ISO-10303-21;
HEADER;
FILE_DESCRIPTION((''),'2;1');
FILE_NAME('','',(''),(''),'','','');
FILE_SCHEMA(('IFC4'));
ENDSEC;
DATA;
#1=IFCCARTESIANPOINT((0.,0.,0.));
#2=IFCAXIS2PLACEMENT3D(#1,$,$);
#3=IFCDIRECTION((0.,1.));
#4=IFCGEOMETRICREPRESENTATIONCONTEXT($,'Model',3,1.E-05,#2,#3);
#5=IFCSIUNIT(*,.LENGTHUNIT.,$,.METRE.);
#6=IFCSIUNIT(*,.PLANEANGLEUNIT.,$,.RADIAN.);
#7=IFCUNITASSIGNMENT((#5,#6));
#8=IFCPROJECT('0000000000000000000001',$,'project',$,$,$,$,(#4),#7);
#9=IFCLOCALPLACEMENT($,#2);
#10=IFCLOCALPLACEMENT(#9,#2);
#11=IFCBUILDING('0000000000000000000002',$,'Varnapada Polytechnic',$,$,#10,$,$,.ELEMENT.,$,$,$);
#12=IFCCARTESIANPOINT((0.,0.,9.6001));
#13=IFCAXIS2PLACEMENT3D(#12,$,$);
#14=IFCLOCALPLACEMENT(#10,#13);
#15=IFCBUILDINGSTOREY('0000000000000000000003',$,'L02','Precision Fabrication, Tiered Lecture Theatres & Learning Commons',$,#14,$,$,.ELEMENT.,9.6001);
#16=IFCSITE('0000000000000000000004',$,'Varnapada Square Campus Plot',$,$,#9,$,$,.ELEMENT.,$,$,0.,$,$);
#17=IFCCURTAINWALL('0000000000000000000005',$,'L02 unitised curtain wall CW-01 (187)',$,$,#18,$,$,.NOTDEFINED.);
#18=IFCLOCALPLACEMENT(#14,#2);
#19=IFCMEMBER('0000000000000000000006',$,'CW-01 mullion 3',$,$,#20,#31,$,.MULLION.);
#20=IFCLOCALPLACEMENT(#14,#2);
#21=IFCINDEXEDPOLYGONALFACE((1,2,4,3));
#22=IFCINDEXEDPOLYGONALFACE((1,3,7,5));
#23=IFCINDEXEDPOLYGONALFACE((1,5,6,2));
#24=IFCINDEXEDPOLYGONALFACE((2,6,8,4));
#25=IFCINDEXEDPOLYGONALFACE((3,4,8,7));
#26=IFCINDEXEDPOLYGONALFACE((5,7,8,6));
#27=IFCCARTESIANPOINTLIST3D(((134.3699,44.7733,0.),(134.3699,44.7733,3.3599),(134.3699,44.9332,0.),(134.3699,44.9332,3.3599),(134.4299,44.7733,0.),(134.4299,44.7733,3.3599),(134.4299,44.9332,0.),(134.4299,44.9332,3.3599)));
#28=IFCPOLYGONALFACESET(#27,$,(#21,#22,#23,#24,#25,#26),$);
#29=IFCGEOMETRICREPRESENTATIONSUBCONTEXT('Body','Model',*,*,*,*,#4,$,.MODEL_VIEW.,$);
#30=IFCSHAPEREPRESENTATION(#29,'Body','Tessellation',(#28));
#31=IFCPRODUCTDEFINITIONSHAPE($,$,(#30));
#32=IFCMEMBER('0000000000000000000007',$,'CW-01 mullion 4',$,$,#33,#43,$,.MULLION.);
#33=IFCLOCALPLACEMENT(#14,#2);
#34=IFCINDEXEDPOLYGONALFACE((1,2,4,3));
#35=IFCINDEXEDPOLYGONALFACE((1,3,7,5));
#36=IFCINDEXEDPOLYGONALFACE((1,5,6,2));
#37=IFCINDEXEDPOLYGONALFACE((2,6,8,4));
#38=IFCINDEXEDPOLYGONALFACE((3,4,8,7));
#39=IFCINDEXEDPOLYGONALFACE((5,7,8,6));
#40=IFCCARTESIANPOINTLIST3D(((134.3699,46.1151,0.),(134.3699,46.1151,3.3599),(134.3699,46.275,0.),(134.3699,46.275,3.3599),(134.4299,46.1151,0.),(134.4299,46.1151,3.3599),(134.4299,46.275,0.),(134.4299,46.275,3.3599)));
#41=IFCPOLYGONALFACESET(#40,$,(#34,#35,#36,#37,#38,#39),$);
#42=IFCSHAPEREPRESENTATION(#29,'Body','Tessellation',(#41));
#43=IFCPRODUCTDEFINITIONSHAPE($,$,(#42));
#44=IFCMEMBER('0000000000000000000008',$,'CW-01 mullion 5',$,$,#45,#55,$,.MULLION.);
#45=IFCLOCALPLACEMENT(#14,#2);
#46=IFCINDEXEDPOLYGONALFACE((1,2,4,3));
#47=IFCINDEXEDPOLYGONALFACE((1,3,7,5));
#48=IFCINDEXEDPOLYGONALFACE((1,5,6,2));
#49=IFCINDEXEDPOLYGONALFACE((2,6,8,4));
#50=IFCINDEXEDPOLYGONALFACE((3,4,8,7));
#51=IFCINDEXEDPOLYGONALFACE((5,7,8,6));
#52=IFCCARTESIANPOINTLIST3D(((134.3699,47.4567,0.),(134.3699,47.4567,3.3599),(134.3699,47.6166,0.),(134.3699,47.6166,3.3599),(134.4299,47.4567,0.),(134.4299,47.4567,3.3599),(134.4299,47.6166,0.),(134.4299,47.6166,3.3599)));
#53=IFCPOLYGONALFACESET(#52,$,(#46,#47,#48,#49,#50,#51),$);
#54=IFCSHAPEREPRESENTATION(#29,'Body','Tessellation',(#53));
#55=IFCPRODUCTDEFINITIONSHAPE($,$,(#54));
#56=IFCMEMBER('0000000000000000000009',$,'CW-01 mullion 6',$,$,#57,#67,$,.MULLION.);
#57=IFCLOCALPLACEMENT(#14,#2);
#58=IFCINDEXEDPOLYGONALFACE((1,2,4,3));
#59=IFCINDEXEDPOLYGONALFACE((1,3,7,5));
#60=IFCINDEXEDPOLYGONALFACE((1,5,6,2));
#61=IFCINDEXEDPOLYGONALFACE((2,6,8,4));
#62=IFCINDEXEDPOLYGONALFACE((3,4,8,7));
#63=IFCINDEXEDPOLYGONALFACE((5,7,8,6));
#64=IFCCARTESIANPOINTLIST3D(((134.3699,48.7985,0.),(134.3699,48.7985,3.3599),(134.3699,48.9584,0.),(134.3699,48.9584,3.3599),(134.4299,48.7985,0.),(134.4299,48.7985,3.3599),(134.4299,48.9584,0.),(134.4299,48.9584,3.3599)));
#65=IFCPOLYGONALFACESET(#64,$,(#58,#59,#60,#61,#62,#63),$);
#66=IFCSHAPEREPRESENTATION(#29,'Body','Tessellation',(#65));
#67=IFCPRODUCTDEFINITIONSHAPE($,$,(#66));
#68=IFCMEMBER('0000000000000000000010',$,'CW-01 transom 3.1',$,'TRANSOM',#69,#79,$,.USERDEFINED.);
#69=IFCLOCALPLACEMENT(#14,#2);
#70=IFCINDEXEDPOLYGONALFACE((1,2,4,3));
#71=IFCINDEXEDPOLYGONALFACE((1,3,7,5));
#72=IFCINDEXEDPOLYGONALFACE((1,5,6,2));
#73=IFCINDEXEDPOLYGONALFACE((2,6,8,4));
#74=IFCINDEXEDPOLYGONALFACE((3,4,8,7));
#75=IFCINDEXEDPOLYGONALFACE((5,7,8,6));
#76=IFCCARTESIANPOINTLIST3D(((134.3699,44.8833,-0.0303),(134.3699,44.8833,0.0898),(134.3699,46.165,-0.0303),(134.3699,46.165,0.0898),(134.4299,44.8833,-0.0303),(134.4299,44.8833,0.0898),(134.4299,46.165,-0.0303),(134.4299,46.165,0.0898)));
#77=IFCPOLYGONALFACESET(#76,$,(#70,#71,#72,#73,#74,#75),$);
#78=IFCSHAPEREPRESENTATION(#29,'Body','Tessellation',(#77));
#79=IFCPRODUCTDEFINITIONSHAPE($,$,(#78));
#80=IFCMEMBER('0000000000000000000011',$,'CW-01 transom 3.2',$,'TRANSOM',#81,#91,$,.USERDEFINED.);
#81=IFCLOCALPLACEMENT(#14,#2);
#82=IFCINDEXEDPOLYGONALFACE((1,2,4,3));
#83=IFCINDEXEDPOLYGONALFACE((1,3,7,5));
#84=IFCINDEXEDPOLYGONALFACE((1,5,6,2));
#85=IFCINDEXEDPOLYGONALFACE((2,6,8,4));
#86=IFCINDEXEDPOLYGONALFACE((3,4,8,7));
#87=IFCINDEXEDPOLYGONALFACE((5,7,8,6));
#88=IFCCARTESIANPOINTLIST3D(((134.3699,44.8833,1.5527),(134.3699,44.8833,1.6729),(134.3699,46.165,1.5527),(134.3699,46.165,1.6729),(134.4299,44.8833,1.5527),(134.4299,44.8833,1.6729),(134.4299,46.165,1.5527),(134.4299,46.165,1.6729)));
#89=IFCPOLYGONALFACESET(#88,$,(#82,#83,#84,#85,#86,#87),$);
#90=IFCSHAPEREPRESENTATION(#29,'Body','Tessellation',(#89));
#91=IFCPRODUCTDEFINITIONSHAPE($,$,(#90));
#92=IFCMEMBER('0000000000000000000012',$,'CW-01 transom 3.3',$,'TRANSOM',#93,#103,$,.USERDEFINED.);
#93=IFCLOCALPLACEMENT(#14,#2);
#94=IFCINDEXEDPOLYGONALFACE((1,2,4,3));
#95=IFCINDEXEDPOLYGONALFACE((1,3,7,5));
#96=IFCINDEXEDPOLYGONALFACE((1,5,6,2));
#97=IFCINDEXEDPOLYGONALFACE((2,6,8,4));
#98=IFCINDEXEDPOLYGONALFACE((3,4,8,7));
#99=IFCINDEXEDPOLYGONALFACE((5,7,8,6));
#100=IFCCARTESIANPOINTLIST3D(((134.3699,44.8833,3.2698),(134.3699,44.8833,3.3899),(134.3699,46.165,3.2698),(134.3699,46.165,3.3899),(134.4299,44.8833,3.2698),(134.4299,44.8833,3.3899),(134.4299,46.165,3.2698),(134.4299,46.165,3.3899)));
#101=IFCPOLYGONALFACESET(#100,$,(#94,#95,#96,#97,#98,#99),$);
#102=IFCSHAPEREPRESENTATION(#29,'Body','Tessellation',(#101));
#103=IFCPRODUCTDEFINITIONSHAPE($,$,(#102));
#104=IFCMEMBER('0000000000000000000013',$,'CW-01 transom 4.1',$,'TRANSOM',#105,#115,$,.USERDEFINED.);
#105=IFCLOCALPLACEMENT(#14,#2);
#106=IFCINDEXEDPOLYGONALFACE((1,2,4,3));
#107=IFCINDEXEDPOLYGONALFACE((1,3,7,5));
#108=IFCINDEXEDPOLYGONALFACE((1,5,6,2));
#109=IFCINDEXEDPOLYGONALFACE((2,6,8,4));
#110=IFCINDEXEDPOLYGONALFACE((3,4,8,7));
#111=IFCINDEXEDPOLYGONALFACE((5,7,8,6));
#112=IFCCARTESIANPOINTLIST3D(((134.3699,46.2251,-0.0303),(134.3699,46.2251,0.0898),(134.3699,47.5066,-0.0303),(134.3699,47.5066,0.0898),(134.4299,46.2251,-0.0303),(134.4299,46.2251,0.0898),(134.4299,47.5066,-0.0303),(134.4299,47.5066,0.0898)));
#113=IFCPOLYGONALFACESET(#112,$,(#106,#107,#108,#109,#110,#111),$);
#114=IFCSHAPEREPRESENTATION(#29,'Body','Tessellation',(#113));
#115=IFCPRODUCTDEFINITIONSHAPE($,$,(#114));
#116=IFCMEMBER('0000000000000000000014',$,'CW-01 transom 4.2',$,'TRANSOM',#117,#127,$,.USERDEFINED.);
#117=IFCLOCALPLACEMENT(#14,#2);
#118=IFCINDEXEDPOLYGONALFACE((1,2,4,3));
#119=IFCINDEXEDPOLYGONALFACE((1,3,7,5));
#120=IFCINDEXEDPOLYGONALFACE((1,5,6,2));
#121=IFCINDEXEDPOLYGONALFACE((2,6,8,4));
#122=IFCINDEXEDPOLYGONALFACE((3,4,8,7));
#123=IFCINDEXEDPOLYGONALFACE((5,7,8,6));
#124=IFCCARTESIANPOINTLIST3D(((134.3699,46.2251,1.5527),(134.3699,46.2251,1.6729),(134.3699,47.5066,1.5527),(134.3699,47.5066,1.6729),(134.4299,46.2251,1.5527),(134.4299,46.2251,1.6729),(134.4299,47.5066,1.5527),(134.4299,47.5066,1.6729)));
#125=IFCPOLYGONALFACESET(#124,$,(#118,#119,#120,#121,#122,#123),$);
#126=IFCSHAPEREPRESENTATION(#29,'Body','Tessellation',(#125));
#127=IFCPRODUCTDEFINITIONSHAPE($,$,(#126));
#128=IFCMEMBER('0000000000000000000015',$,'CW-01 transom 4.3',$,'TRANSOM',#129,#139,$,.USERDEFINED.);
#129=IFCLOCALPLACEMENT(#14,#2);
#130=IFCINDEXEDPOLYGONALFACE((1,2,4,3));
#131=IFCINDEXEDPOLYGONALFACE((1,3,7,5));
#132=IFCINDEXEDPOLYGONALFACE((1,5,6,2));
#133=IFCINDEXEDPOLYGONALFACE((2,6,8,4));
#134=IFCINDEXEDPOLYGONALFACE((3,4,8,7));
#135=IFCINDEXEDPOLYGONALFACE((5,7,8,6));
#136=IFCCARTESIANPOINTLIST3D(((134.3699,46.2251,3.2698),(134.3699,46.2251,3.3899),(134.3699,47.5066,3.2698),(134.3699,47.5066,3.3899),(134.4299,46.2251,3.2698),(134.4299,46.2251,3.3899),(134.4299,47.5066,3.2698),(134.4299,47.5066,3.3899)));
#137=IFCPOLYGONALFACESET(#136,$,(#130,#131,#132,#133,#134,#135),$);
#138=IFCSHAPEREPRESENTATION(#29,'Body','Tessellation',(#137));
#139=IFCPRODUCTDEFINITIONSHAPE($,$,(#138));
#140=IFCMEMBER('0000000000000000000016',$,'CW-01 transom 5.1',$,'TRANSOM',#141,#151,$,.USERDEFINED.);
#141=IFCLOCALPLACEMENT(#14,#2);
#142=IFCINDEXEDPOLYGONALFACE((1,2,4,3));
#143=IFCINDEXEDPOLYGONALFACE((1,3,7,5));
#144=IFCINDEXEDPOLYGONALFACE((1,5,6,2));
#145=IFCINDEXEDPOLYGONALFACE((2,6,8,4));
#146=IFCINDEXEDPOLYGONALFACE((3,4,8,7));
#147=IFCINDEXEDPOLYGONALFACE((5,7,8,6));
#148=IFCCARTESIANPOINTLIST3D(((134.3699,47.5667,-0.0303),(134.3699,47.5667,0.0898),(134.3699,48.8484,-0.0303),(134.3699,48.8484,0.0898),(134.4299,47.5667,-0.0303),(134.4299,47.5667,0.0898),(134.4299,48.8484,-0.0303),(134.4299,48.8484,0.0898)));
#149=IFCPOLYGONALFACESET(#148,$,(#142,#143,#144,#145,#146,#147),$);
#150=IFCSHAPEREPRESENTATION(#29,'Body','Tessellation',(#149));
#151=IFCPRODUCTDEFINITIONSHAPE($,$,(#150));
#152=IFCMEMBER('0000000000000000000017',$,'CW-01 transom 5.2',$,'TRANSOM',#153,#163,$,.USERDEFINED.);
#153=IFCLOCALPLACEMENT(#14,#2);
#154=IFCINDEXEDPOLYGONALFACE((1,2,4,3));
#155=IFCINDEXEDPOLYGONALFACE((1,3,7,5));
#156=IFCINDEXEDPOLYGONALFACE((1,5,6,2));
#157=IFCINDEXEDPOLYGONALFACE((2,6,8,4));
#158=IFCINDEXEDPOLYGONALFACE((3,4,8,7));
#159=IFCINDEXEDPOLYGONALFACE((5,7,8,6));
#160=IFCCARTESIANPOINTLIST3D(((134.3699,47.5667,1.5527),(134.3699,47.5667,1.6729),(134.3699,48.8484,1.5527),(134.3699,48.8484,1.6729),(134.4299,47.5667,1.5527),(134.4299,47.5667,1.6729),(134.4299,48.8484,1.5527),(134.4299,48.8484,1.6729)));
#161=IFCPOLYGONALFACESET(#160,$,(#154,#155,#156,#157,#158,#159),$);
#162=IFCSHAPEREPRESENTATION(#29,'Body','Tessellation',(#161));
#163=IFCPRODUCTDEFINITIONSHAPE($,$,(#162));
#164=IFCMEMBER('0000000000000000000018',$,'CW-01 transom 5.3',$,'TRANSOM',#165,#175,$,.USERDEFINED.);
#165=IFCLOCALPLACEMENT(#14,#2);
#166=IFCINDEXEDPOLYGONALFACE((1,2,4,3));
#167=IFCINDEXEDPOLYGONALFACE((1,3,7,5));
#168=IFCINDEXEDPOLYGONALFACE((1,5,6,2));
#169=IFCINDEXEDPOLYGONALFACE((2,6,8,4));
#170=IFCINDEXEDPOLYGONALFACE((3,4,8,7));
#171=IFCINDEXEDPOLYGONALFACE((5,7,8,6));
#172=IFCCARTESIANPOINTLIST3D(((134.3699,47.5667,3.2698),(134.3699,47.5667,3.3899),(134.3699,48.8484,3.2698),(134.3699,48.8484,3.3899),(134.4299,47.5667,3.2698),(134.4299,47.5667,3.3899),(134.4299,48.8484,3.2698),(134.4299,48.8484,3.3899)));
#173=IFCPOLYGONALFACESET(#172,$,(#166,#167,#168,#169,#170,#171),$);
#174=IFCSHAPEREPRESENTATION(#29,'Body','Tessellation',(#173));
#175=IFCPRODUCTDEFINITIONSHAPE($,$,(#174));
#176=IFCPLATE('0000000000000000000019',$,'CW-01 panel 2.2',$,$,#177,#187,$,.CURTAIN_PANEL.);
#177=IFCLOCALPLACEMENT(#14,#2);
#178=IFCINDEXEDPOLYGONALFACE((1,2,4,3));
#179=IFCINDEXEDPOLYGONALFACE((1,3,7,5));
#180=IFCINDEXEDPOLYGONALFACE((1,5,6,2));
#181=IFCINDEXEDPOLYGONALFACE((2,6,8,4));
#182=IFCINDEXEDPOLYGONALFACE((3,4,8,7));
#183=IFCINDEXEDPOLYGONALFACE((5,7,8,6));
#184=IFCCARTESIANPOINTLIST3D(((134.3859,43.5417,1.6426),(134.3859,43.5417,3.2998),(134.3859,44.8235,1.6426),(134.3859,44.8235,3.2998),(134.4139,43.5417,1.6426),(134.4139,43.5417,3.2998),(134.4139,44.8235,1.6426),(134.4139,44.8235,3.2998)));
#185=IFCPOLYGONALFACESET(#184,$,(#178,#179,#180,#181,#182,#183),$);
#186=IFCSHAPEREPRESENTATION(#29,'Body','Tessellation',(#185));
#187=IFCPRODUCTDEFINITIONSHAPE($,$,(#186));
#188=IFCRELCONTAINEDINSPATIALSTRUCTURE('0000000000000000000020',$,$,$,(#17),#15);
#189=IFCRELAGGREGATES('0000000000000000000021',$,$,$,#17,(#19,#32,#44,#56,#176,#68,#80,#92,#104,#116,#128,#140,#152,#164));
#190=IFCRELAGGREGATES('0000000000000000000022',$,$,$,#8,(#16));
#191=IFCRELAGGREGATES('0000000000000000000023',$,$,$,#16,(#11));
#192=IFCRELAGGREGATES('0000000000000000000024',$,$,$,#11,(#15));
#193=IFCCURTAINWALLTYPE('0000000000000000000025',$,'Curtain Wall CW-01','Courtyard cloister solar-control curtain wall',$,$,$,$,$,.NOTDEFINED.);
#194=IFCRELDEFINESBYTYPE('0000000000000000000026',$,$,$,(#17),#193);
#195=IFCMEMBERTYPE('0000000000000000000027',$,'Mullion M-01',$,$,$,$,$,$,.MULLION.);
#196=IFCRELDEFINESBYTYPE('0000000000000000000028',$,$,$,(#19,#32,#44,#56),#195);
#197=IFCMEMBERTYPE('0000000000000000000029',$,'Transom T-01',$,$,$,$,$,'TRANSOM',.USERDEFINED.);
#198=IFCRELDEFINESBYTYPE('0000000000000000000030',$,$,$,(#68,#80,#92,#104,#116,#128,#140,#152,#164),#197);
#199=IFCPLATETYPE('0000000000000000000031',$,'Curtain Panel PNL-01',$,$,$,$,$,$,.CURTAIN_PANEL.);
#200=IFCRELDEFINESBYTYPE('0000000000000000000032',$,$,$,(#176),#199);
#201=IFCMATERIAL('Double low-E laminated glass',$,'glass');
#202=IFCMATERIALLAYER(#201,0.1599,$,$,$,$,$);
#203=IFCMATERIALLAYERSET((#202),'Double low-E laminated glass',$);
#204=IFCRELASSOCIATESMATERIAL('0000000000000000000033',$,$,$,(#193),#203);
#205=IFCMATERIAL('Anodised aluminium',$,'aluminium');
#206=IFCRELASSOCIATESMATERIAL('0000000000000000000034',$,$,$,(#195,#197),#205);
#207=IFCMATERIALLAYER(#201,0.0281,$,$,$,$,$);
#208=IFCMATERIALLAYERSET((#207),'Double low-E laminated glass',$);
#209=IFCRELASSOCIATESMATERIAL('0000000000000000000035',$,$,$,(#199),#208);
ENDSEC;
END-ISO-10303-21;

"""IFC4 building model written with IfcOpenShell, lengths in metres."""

from ifc_helpers import new_model, si_unit, direction, frame, origin, origin_2d, place, context, subcontext, project, spatial, rectangle, extrude, material, layer, layer_set, material_profile, profile_set, type_object, element, aggregate, save


model = new_model("IFC4")

# Units and contexts
model_context = context("Model", 3, precision=1e-05, world=origin(), true_north=direction((0.0, 1.0)))
body_context = subcontext(model_context, "Body", "Model", "MODEL_VIEW")
ifc_project = project(units=[si_unit("LENGTHUNIT", "METRE"), si_unit("PLANEANGLEUNIT", "RADIAN")], contexts=[model_context])

# Site, building, storey
site_placement = place(None, origin())
site = spatial("IfcSite", under=ifc_project, at=site_placement, Name="Varnapada Square Campus Plot", CompositionType="ELEMENT", RefElevation=0.0)
building_placement = place(site_placement, origin())
building = spatial("IfcBuilding", under=site, at=building_placement, Name="Varnapada Polytechnic", CompositionType="ELEMENT")
storey_placement = place(building_placement, frame((0.0, 0.0, 9.6001)))
storey = spatial("IfcBuildingStorey", under=building, at=storey_placement, Name="L02", Description="Precision Fabrication, Tiered Lecture Theatres & Learning Commons", CompositionType="ELEMENT", Elevation=9.6001)

# Curtain wall, members, plate
ifc_material_1 = material(Name="Double low-E laminated glass", Category="glass")
ifc_layer_1 = layer(ifc_material_1, 0.1599)
ifc_layer_set_1 = layer_set([ifc_layer_1], Name="Double low-E laminated glass")
curtain_wall_type = type_object("IfcCurtainWallType", Name="Curtain Wall CW-01", Description="Courtyard cloister solar-control curtain wall", PredefinedType="NOTDEFINED", material=ifc_layer_set_1)
curtain_wall_placement = place(storey_placement, origin())
curtain_wall = element("IfcCurtainWall", 1, at=curtain_wall_placement, inside=storey, type_object=curtain_wall_type, Name="L02 unitised curtain wall CW-01 (187)", PredefinedType="NOTDEFINED")
ifc_material_2 = material(Name="Anodised aluminium", Category="aluminium")
ifc_material_profile_1 = material_profile(ifc_material_2, rectangle(XDim=0.0601, YDim=0.1599, at=origin_2d()), Name="ALU M60x160")
ifc_profile_set_1 = profile_set([ifc_material_profile_1], Name="Anodised aluminium")
member_type_1 = type_object("IfcMemberType", Name="Mullion M-01", PredefinedType="MULLION", material=ifc_profile_set_1)
member_1_placement = place(storey_placement, frame((134.3999, 44.8533, 0.0), z_axis=(0.0, 0.0, 1.0), x_axis=(-1.0, 0.0, 0.0)))
member_1 = element("IfcMember", 2, at=member_1_placement, type_object=member_type_1, Name="CW-01 mullion 3", PredefinedType="MULLION", context=body_context, shape_type="SweptSolid", body=[
    extrude(rectangle(XDim=0.0601, YDim=0.1599, at=origin_2d()), origin(), (0.0, 0.0, 1.0), 3.3599),
])
member_2_placement = place(storey_placement, frame((134.3999, 46.1951, 0.0), z_axis=(0.0, 0.0, 1.0), x_axis=(-1.0, 0.0, 0.0)))
member_2 = element("IfcMember", 3, at=member_2_placement, type_object=member_type_1, Name="CW-01 mullion 4", PredefinedType="MULLION", context=body_context, shape_type="SweptSolid", body=[
    extrude(rectangle(XDim=0.0601, YDim=0.1599, at=origin_2d()), origin(), (0.0, 0.0, 1.0), 3.3599),
])
member_3_placement = place(storey_placement, frame((134.3999, 47.5366, 0.0), z_axis=(0.0, 0.0, 1.0), x_axis=(-1.0, 0.0, 0.0)))
member_3 = element("IfcMember", 4, at=member_3_placement, type_object=member_type_1, Name="CW-01 mullion 5", PredefinedType="MULLION", context=body_context, shape_type="SweptSolid", body=[
    extrude(rectangle(XDim=0.0601, YDim=0.1599, at=origin_2d()), origin(), (0.0, 0.0, 1.0), 3.3599),
])
member_4_placement = place(storey_placement, frame((134.3999, 48.8784, 0.0), z_axis=(0.0, 0.0, 1.0), x_axis=(-1.0, 0.0, 0.0)))
member_4 = element("IfcMember", 5, at=member_4_placement, type_object=member_type_1, Name="CW-01 mullion 6", PredefinedType="MULLION", context=body_context, shape_type="SweptSolid", body=[
    extrude(rectangle(XDim=0.0601, YDim=0.1599, at=origin_2d()), origin(), (0.0, 0.0, 1.0), 3.3599),
])
ifc_material_profile_2 = material_profile(ifc_material_2, rectangle(XDim=0.0601, YDim=0.1201, at=origin_2d()), Name="ALU T60x120")
ifc_profile_set_2 = profile_set([ifc_material_profile_2], Name="Anodised aluminium")
member_type_2 = type_object("IfcMemberType", Name="Transom T-01", ElementType="TRANSOM", PredefinedType="USERDEFINED", material=ifc_profile_set_2)
member_5_placement = place(storey_placement, frame((134.3999, 44.8833, 0.0298), z_axis=(0.0, 1.0, 0.0), x_axis=(-1.0, 0.0, 0.0)))
member_5 = element("IfcMember", 6, at=member_5_placement, type_object=member_type_2, Name="CW-01 transom 3.1", ObjectType="TRANSOM", PredefinedType="USERDEFINED", context=body_context, shape_type="SweptSolid", body=[
    extrude(rectangle(XDim=0.0601, YDim=0.1201, at=origin_2d()), origin(), (0.0, 0.0, 1.0), 1.2817),
])
member_6_placement = place(storey_placement, frame((134.3999, 44.8833, 1.6128), z_axis=(0.0, 1.0, 0.0), x_axis=(-1.0, 0.0, 0.0)))
member_6 = element("IfcMember", 7, at=member_6_placement, type_object=member_type_2, Name="CW-01 transom 3.2", ObjectType="TRANSOM", PredefinedType="USERDEFINED", context=body_context, shape_type="SweptSolid", body=[
    extrude(rectangle(XDim=0.0601, YDim=0.1201, at=origin_2d()), origin(), (0.0, 0.0, 1.0), 1.2817),
])
member_7_placement = place(storey_placement, frame((134.3999, 44.8833, 3.3298), z_axis=(0.0, 1.0, 0.0), x_axis=(-1.0, 0.0, 0.0)))
member_7 = element("IfcMember", 8, at=member_7_placement, type_object=member_type_2, Name="CW-01 transom 3.3", ObjectType="TRANSOM", PredefinedType="USERDEFINED", context=body_context, shape_type="SweptSolid", body=[
    extrude(rectangle(XDim=0.0601, YDim=0.1201, at=origin_2d()), origin(), (0.0, 0.0, 1.0), 1.2817),
])
member_8_placement = place(storey_placement, frame((134.3999, 46.2251, 0.0298), z_axis=(0.0, 1.0, 0.0), x_axis=(-1.0, 0.0, 0.0)))
member_8 = element("IfcMember", 9, at=member_8_placement, type_object=member_type_2, Name="CW-01 transom 4.1", ObjectType="TRANSOM", PredefinedType="USERDEFINED", context=body_context, shape_type="SweptSolid", body=[
    extrude(rectangle(XDim=0.0601, YDim=0.1201, at=origin_2d()), origin(), (0.0, 0.0, 1.0), 1.2815),
])
member_9_placement = place(storey_placement, frame((134.3999, 46.2251, 1.6128), z_axis=(0.0, 1.0, 0.0), x_axis=(-1.0, 0.0, 0.0)))
member_9 = element("IfcMember", 10, at=member_9_placement, type_object=member_type_2, Name="CW-01 transom 4.2", ObjectType="TRANSOM", PredefinedType="USERDEFINED", context=body_context, shape_type="SweptSolid", body=[
    extrude(rectangle(XDim=0.0601, YDim=0.1201, at=origin_2d()), origin(), (0.0, 0.0, 1.0), 1.2815),
])
member_10_placement = place(storey_placement, frame((134.3999, 46.2251, 3.3298), z_axis=(0.0, 1.0, 0.0), x_axis=(-1.0, 0.0, 0.0)))
member_10 = element("IfcMember", 11, at=member_10_placement, type_object=member_type_2, Name="CW-01 transom 4.3", ObjectType="TRANSOM", PredefinedType="USERDEFINED", context=body_context, shape_type="SweptSolid", body=[
    extrude(rectangle(XDim=0.0601, YDim=0.1201, at=origin_2d()), origin(), (0.0, 0.0, 1.0), 1.2815),
])
member_11_placement = place(storey_placement, frame((134.3999, 47.5667, 0.0298), z_axis=(0.0, 1.0, 0.0), x_axis=(-1.0, 0.0, 0.0)))
member_11 = element("IfcMember", 12, at=member_11_placement, type_object=member_type_2, Name="CW-01 transom 5.1", ObjectType="TRANSOM", PredefinedType="USERDEFINED", context=body_context, shape_type="SweptSolid", body=[
    extrude(rectangle(XDim=0.0601, YDim=0.1201, at=origin_2d()), origin(), (0.0, 0.0, 1.0), 1.2817),
])
member_12_placement = place(storey_placement, frame((134.3999, 47.5667, 1.6128), z_axis=(0.0, 1.0, 0.0), x_axis=(-1.0, 0.0, 0.0)))
member_12 = element("IfcMember", 13, at=member_12_placement, type_object=member_type_2, Name="CW-01 transom 5.2", ObjectType="TRANSOM", PredefinedType="USERDEFINED", context=body_context, shape_type="SweptSolid", body=[
    extrude(rectangle(XDim=0.0601, YDim=0.1201, at=origin_2d()), origin(), (0.0, 0.0, 1.0), 1.2817),
])
member_13_placement = place(storey_placement, frame((134.3999, 47.5667, 3.3298), z_axis=(0.0, 1.0, 0.0), x_axis=(-1.0, 0.0, 0.0)))
member_13 = element("IfcMember", 14, at=member_13_placement, type_object=member_type_2, Name="CW-01 transom 5.3", ObjectType="TRANSOM", PredefinedType="USERDEFINED", context=body_context, shape_type="SweptSolid", body=[
    extrude(rectangle(XDim=0.0601, YDim=0.1201, at=origin_2d()), origin(), (0.0, 0.0, 1.0), 1.2817),
])
ifc_layer_2 = layer(ifc_material_1, 0.0281)
ifc_layer_set_2 = layer_set([ifc_layer_2], Name="Double low-E laminated glass")
plate_type = type_object("IfcPlateType", Name="Curtain Panel PNL-01", PredefinedType="CURTAIN_PANEL", material=ifc_layer_set_2)
plate_1_placement = place(storey_placement, frame((134.3999, 44.1826, 1.6426), z_axis=(0.0, 0.0, 1.0), x_axis=(0.0, 1.0, 0.0)))
plate_1 = element("IfcPlate", 15, at=plate_1_placement, type_object=plate_type, Name="CW-01 panel 2.2", PredefinedType="CURTAIN_PANEL", context=body_context, shape_type="SweptSolid", body=[
    extrude(rectangle(XDim=1.2817, YDim=0.0281, at=origin_2d()), origin(), (0.0, 0.0, 1.0), 1.6572),
])
aggregate(curtain_wall, [member_1, member_2, member_3, member_4, plate_1, member_5, member_6, member_7, member_8, member_9, member_10, member_11, member_12, member_13])

save(model, "model.ifc")
